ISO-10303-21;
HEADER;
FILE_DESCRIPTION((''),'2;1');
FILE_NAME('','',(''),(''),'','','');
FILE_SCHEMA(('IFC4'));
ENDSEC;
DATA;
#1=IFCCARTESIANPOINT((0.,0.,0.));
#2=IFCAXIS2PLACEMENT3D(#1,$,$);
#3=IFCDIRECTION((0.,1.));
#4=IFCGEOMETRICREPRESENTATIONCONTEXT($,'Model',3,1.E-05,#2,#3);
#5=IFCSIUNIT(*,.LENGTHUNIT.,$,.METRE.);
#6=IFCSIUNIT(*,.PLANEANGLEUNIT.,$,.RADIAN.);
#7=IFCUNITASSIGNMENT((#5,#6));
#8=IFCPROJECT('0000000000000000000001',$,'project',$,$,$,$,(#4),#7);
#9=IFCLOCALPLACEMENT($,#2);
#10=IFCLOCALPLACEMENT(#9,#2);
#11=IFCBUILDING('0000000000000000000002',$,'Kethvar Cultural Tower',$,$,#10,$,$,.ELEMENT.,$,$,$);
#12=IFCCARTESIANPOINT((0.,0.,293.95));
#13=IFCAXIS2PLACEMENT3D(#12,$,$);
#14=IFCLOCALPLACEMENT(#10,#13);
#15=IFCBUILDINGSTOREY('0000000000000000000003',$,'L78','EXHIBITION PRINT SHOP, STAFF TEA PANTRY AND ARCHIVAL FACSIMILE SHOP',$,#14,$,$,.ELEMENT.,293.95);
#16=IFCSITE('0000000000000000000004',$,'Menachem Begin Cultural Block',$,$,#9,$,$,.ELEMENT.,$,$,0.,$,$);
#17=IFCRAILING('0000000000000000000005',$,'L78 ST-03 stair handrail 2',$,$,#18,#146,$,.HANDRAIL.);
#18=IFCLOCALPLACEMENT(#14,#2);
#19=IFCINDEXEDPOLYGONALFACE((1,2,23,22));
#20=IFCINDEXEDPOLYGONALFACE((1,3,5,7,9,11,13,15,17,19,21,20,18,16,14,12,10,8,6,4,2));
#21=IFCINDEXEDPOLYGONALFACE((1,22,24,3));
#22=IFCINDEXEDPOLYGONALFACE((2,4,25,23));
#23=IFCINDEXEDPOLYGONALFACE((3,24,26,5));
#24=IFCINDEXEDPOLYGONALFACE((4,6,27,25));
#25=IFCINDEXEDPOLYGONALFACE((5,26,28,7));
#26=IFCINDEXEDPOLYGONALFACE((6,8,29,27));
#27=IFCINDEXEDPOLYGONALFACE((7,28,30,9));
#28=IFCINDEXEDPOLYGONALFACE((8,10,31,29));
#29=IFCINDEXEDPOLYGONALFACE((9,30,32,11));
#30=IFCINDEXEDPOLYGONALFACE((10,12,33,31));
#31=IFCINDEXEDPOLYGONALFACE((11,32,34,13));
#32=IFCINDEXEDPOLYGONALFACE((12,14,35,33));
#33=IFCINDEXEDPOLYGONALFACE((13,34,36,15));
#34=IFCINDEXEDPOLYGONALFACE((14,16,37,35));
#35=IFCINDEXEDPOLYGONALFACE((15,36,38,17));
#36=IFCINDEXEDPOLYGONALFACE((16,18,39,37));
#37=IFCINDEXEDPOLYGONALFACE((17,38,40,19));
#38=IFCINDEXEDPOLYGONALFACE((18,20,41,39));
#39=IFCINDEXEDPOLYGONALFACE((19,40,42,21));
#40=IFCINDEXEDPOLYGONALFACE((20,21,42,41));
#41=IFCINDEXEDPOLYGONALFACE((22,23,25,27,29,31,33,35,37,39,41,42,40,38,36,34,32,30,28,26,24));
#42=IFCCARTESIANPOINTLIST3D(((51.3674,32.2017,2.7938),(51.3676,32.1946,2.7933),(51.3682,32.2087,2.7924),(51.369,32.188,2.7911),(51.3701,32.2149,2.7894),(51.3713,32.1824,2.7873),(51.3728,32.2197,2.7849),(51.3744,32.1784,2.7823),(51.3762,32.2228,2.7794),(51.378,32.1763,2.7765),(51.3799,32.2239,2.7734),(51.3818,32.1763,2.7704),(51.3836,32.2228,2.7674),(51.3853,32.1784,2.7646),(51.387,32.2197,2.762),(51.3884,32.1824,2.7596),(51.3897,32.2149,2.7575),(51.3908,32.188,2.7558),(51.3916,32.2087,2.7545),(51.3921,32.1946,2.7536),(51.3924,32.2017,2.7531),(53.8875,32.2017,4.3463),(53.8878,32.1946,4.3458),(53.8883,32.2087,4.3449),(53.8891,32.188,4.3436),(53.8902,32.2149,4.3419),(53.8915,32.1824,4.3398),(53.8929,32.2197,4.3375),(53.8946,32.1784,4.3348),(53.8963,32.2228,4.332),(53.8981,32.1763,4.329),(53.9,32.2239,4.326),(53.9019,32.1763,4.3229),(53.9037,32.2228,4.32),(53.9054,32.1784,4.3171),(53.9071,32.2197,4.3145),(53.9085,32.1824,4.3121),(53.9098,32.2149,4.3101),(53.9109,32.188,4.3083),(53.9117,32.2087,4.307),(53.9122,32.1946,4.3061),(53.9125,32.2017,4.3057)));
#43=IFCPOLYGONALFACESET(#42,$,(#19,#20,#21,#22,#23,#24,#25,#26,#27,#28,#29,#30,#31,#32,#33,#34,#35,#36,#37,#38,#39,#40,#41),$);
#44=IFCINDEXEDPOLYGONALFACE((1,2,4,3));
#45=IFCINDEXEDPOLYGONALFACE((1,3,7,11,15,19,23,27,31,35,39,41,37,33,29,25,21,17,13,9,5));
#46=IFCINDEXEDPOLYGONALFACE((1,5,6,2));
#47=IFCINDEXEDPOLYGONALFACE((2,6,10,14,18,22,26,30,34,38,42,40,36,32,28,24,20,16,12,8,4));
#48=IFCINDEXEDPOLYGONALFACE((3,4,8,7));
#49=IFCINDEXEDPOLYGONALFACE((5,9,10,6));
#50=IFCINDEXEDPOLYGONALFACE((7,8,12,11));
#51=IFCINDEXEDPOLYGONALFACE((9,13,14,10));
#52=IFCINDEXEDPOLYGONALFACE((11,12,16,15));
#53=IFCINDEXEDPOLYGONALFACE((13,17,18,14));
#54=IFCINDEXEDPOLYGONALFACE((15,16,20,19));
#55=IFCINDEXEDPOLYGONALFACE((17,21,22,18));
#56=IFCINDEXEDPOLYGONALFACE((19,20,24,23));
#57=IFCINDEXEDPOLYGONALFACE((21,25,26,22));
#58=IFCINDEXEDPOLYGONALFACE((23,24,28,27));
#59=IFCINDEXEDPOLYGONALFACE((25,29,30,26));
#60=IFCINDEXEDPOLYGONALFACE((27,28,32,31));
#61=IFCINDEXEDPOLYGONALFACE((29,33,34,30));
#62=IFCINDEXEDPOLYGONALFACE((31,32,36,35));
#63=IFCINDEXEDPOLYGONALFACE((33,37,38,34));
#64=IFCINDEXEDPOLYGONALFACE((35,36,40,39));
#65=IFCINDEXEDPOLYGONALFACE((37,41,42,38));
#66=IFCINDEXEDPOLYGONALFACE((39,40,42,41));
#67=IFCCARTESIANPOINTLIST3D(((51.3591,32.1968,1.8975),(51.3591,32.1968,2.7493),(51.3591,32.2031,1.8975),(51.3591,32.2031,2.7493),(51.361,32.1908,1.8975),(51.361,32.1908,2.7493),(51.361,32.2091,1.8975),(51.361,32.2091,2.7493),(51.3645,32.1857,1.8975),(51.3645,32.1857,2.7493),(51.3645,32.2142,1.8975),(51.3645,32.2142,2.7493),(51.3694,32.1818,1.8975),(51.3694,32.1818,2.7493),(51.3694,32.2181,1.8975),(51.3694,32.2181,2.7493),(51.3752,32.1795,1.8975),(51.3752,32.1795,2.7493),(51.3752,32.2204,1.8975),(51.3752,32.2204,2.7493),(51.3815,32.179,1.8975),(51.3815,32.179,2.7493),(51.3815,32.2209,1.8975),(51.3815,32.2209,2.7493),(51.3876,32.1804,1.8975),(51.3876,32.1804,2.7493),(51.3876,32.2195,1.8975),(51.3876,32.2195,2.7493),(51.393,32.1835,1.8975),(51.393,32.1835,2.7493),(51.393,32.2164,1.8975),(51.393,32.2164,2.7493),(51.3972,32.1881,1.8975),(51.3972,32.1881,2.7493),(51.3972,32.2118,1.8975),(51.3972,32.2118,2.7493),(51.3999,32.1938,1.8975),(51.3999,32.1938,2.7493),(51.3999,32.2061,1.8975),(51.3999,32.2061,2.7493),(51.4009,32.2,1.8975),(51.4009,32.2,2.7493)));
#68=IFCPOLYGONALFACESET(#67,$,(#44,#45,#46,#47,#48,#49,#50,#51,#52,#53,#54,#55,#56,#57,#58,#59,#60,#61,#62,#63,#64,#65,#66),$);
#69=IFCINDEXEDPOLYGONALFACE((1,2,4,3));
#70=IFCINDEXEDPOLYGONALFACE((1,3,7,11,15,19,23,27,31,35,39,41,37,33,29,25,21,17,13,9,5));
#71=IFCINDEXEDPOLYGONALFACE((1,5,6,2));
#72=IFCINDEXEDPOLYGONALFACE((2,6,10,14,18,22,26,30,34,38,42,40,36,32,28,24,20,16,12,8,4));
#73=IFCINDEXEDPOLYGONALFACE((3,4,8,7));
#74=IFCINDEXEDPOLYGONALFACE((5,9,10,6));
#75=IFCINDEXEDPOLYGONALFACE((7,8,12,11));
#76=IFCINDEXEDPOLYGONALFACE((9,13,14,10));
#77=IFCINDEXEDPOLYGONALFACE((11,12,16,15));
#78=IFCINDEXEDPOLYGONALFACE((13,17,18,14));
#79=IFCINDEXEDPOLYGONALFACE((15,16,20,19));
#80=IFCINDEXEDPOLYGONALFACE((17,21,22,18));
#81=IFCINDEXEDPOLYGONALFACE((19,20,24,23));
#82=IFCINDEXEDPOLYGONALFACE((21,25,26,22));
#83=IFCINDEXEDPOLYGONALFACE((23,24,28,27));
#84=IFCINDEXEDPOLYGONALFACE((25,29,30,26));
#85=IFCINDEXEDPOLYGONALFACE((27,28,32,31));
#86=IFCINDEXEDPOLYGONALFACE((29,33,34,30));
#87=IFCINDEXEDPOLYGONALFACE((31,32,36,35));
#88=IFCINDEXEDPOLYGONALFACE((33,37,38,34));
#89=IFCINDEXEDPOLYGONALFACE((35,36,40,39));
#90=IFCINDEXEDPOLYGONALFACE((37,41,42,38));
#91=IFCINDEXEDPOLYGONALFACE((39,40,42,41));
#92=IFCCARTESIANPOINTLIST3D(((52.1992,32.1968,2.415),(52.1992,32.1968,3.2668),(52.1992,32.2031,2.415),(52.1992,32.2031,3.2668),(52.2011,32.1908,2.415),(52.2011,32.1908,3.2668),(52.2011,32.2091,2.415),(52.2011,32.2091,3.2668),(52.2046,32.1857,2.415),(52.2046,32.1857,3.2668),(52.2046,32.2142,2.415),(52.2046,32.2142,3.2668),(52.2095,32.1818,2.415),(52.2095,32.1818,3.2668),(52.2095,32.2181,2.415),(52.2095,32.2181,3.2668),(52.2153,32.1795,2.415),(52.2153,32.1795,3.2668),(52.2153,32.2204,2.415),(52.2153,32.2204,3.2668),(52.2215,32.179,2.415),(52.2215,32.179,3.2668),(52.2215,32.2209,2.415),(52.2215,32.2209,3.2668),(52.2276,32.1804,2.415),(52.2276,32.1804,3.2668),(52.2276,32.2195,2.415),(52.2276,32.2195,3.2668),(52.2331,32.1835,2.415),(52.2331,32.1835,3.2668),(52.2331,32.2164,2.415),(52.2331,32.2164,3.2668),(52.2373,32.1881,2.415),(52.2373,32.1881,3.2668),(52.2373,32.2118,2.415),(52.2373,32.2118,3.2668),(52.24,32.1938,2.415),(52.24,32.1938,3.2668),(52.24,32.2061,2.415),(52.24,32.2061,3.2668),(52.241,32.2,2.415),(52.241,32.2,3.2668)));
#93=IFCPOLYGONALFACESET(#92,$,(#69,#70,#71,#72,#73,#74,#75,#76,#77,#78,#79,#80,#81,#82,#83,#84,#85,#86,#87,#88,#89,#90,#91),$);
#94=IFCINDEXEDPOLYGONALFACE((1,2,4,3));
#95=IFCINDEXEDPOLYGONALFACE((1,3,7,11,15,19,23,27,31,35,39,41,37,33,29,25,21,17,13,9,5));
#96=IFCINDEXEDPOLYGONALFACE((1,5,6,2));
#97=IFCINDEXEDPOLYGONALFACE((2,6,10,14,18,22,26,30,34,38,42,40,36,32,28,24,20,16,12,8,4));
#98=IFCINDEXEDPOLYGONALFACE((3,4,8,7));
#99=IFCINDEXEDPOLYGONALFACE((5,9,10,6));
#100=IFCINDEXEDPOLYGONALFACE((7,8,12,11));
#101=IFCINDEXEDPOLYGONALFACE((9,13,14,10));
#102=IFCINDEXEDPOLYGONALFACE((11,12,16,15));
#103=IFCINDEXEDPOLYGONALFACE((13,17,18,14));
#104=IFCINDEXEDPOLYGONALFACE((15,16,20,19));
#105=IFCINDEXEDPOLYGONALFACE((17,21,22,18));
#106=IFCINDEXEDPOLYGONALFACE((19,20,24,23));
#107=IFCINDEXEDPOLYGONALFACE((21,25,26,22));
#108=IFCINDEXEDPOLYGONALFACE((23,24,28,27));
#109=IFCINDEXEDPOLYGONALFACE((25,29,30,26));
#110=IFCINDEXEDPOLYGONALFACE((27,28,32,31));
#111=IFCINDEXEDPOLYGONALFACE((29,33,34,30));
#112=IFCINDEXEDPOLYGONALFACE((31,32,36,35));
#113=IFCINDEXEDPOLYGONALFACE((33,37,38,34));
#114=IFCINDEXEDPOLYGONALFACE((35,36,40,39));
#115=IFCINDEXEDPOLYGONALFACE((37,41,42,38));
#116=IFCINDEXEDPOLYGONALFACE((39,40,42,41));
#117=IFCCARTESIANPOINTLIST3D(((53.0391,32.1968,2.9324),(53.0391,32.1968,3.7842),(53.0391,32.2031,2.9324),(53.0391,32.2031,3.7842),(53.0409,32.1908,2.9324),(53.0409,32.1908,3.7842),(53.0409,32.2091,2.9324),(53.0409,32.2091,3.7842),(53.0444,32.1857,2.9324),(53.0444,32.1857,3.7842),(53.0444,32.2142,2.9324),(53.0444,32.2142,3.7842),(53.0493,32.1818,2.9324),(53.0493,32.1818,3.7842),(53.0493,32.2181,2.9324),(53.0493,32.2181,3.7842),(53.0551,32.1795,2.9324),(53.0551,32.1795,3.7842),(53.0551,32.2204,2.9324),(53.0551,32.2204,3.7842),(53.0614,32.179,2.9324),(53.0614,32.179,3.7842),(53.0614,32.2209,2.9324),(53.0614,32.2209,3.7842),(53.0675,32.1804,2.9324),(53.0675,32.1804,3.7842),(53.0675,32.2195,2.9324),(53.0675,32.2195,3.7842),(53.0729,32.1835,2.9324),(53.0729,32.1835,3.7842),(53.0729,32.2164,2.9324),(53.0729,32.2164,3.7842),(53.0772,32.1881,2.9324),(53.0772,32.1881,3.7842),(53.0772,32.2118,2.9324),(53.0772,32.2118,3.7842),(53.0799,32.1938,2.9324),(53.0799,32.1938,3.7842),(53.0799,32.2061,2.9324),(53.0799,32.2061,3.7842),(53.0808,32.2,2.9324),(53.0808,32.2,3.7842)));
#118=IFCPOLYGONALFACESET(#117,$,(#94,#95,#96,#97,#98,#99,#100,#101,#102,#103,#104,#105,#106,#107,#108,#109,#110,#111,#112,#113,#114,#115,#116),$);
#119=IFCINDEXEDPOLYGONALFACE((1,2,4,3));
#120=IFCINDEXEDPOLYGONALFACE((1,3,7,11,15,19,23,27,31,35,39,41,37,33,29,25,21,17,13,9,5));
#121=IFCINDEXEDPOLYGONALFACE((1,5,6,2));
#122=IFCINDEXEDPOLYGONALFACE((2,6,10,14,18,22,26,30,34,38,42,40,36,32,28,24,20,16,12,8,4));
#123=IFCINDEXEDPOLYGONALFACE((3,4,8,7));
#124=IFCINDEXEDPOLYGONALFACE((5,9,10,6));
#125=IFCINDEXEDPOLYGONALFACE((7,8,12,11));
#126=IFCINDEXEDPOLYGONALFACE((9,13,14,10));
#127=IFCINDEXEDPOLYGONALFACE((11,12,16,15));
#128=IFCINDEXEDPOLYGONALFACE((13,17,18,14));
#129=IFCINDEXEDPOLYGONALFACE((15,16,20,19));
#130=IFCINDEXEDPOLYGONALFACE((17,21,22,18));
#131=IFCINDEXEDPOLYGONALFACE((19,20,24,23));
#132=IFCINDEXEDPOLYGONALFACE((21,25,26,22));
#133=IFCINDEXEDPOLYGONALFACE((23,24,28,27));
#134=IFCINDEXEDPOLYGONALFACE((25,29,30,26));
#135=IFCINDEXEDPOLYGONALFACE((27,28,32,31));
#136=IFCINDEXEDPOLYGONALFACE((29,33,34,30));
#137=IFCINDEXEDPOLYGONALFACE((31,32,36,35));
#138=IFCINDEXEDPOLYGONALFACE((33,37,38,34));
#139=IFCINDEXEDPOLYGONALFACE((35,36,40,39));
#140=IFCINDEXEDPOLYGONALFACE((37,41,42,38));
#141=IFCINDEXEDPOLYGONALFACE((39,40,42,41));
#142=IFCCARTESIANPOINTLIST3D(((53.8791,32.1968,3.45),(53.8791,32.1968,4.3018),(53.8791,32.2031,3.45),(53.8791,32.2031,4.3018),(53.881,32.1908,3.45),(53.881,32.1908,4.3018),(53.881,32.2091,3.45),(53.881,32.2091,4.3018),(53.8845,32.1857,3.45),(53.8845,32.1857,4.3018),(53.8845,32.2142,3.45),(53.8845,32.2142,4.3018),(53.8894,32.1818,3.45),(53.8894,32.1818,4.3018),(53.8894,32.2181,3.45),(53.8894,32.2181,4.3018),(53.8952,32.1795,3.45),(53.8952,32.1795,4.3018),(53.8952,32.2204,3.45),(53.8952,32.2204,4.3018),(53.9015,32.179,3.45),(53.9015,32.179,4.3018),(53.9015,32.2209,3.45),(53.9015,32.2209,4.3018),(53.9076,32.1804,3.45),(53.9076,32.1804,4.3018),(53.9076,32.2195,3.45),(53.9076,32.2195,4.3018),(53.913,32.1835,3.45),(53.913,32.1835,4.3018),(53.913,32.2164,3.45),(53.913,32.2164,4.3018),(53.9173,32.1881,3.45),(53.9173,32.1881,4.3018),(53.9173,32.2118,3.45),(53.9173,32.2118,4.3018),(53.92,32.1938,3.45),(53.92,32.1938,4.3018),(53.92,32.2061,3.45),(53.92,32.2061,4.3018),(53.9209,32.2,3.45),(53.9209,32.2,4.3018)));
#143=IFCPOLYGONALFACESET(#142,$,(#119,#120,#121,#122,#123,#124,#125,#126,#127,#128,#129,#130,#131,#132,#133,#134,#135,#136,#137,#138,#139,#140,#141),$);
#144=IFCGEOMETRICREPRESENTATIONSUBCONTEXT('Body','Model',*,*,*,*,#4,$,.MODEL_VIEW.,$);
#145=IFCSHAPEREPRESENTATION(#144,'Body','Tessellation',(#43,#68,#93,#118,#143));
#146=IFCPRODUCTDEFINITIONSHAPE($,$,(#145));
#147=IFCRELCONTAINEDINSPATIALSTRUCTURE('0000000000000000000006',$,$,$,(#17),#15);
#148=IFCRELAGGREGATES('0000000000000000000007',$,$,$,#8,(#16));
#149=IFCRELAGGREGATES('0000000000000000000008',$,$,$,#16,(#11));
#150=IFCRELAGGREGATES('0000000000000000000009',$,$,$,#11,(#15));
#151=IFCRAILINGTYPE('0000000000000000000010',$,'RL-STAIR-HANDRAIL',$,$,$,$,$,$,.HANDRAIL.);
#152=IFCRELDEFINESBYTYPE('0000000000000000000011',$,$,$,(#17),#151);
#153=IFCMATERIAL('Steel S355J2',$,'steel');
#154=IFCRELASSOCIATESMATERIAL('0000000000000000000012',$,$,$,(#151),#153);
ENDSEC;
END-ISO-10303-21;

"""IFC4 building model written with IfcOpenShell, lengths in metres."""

from ifc_helpers import new_model, si_unit, direction, frame, origin, origin_2d, place, context, subcontext, project, spatial, circle, extrude, material, type_object, element, save


model = new_model("IFC4")

# Units and contexts
model_context = context("Model", 3, precision=1e-05, world=origin(), true_north=direction((0.0, 1.0)))
body_context = subcontext(model_context, "Body", "Model", "MODEL_VIEW")
ifc_project = project(units=[si_unit("LENGTHUNIT", "METRE"), si_unit("PLANEANGLEUNIT", "RADIAN")], contexts=[model_context])

# Site, building, storey
site_placement = place(None, origin())
site = spatial("IfcSite", under=ifc_project, at=site_placement, Name="Menachem Begin Cultural Block", CompositionType="ELEMENT", RefElevation=0.0)
building_placement = place(site_placement, origin())
building = spatial("IfcBuilding", under=site, at=building_placement, Name="Kethvar Cultural Tower", CompositionType="ELEMENT")
storey_placement = place(building_placement, frame((0.0, 0.0, 293.95)))
storey = spatial("IfcBuildingStorey", under=building, at=storey_placement, Name="L78", Description="EXHIBITION PRINT SHOP, STAFF TEA PANTRY AND ARCHIVAL FACSIMILE SHOP", CompositionType="ELEMENT", Elevation=293.95)

# Shared definitions
ifc_material_1 = material(Name="Steel S355J2", Category="steel")

# Railing
railing_type_1 = type_object("IfcRailingType", Name="RL-STAIR-HANDRAIL", PredefinedType="HANDRAIL", material=ifc_material_1)
railing_1_placement = place(storey_placement, frame((51.3799, 32.2, 1.8975)))
element("IfcRailing", 1, at=railing_1_placement, inside=storey, type_object=railing_type_1, Name="L78 ST-03 stair handrail 2", PredefinedType="HANDRAIL", context=body_context, shape_type="SweptSolid", body=[
    extrude(circle(Radius=0.0239, at=origin_2d()), frame((0.0, 0.0, 0.876), z_axis=(0.8514, 0.0, 0.524516), x_axis=(0.0, 1.0, 0.0)), (0.0, 0.0, 1.0), 2.96),
    extrude(circle(Radius=0.021, at=origin_2d()), origin(), (0.0, 0.0, 1.0), 0.8518),
    extrude(circle(Radius=0.021, at=origin_2d()), frame((0.8401, 0.0, 0.5176)), (0.0, 0.0, 1.0), 0.8518),
    extrude(circle(Radius=0.021, at=origin_2d()), frame((1.6799, 0.0, 1.0349)), (0.0, 0.0, 1.0), 0.8518),
    extrude(circle(Radius=0.021, at=origin_2d()), frame((2.52, 0.0, 1.5525)), (0.0, 0.0, 1.0), 0.8518),
])

save(model, "model.ifc")
